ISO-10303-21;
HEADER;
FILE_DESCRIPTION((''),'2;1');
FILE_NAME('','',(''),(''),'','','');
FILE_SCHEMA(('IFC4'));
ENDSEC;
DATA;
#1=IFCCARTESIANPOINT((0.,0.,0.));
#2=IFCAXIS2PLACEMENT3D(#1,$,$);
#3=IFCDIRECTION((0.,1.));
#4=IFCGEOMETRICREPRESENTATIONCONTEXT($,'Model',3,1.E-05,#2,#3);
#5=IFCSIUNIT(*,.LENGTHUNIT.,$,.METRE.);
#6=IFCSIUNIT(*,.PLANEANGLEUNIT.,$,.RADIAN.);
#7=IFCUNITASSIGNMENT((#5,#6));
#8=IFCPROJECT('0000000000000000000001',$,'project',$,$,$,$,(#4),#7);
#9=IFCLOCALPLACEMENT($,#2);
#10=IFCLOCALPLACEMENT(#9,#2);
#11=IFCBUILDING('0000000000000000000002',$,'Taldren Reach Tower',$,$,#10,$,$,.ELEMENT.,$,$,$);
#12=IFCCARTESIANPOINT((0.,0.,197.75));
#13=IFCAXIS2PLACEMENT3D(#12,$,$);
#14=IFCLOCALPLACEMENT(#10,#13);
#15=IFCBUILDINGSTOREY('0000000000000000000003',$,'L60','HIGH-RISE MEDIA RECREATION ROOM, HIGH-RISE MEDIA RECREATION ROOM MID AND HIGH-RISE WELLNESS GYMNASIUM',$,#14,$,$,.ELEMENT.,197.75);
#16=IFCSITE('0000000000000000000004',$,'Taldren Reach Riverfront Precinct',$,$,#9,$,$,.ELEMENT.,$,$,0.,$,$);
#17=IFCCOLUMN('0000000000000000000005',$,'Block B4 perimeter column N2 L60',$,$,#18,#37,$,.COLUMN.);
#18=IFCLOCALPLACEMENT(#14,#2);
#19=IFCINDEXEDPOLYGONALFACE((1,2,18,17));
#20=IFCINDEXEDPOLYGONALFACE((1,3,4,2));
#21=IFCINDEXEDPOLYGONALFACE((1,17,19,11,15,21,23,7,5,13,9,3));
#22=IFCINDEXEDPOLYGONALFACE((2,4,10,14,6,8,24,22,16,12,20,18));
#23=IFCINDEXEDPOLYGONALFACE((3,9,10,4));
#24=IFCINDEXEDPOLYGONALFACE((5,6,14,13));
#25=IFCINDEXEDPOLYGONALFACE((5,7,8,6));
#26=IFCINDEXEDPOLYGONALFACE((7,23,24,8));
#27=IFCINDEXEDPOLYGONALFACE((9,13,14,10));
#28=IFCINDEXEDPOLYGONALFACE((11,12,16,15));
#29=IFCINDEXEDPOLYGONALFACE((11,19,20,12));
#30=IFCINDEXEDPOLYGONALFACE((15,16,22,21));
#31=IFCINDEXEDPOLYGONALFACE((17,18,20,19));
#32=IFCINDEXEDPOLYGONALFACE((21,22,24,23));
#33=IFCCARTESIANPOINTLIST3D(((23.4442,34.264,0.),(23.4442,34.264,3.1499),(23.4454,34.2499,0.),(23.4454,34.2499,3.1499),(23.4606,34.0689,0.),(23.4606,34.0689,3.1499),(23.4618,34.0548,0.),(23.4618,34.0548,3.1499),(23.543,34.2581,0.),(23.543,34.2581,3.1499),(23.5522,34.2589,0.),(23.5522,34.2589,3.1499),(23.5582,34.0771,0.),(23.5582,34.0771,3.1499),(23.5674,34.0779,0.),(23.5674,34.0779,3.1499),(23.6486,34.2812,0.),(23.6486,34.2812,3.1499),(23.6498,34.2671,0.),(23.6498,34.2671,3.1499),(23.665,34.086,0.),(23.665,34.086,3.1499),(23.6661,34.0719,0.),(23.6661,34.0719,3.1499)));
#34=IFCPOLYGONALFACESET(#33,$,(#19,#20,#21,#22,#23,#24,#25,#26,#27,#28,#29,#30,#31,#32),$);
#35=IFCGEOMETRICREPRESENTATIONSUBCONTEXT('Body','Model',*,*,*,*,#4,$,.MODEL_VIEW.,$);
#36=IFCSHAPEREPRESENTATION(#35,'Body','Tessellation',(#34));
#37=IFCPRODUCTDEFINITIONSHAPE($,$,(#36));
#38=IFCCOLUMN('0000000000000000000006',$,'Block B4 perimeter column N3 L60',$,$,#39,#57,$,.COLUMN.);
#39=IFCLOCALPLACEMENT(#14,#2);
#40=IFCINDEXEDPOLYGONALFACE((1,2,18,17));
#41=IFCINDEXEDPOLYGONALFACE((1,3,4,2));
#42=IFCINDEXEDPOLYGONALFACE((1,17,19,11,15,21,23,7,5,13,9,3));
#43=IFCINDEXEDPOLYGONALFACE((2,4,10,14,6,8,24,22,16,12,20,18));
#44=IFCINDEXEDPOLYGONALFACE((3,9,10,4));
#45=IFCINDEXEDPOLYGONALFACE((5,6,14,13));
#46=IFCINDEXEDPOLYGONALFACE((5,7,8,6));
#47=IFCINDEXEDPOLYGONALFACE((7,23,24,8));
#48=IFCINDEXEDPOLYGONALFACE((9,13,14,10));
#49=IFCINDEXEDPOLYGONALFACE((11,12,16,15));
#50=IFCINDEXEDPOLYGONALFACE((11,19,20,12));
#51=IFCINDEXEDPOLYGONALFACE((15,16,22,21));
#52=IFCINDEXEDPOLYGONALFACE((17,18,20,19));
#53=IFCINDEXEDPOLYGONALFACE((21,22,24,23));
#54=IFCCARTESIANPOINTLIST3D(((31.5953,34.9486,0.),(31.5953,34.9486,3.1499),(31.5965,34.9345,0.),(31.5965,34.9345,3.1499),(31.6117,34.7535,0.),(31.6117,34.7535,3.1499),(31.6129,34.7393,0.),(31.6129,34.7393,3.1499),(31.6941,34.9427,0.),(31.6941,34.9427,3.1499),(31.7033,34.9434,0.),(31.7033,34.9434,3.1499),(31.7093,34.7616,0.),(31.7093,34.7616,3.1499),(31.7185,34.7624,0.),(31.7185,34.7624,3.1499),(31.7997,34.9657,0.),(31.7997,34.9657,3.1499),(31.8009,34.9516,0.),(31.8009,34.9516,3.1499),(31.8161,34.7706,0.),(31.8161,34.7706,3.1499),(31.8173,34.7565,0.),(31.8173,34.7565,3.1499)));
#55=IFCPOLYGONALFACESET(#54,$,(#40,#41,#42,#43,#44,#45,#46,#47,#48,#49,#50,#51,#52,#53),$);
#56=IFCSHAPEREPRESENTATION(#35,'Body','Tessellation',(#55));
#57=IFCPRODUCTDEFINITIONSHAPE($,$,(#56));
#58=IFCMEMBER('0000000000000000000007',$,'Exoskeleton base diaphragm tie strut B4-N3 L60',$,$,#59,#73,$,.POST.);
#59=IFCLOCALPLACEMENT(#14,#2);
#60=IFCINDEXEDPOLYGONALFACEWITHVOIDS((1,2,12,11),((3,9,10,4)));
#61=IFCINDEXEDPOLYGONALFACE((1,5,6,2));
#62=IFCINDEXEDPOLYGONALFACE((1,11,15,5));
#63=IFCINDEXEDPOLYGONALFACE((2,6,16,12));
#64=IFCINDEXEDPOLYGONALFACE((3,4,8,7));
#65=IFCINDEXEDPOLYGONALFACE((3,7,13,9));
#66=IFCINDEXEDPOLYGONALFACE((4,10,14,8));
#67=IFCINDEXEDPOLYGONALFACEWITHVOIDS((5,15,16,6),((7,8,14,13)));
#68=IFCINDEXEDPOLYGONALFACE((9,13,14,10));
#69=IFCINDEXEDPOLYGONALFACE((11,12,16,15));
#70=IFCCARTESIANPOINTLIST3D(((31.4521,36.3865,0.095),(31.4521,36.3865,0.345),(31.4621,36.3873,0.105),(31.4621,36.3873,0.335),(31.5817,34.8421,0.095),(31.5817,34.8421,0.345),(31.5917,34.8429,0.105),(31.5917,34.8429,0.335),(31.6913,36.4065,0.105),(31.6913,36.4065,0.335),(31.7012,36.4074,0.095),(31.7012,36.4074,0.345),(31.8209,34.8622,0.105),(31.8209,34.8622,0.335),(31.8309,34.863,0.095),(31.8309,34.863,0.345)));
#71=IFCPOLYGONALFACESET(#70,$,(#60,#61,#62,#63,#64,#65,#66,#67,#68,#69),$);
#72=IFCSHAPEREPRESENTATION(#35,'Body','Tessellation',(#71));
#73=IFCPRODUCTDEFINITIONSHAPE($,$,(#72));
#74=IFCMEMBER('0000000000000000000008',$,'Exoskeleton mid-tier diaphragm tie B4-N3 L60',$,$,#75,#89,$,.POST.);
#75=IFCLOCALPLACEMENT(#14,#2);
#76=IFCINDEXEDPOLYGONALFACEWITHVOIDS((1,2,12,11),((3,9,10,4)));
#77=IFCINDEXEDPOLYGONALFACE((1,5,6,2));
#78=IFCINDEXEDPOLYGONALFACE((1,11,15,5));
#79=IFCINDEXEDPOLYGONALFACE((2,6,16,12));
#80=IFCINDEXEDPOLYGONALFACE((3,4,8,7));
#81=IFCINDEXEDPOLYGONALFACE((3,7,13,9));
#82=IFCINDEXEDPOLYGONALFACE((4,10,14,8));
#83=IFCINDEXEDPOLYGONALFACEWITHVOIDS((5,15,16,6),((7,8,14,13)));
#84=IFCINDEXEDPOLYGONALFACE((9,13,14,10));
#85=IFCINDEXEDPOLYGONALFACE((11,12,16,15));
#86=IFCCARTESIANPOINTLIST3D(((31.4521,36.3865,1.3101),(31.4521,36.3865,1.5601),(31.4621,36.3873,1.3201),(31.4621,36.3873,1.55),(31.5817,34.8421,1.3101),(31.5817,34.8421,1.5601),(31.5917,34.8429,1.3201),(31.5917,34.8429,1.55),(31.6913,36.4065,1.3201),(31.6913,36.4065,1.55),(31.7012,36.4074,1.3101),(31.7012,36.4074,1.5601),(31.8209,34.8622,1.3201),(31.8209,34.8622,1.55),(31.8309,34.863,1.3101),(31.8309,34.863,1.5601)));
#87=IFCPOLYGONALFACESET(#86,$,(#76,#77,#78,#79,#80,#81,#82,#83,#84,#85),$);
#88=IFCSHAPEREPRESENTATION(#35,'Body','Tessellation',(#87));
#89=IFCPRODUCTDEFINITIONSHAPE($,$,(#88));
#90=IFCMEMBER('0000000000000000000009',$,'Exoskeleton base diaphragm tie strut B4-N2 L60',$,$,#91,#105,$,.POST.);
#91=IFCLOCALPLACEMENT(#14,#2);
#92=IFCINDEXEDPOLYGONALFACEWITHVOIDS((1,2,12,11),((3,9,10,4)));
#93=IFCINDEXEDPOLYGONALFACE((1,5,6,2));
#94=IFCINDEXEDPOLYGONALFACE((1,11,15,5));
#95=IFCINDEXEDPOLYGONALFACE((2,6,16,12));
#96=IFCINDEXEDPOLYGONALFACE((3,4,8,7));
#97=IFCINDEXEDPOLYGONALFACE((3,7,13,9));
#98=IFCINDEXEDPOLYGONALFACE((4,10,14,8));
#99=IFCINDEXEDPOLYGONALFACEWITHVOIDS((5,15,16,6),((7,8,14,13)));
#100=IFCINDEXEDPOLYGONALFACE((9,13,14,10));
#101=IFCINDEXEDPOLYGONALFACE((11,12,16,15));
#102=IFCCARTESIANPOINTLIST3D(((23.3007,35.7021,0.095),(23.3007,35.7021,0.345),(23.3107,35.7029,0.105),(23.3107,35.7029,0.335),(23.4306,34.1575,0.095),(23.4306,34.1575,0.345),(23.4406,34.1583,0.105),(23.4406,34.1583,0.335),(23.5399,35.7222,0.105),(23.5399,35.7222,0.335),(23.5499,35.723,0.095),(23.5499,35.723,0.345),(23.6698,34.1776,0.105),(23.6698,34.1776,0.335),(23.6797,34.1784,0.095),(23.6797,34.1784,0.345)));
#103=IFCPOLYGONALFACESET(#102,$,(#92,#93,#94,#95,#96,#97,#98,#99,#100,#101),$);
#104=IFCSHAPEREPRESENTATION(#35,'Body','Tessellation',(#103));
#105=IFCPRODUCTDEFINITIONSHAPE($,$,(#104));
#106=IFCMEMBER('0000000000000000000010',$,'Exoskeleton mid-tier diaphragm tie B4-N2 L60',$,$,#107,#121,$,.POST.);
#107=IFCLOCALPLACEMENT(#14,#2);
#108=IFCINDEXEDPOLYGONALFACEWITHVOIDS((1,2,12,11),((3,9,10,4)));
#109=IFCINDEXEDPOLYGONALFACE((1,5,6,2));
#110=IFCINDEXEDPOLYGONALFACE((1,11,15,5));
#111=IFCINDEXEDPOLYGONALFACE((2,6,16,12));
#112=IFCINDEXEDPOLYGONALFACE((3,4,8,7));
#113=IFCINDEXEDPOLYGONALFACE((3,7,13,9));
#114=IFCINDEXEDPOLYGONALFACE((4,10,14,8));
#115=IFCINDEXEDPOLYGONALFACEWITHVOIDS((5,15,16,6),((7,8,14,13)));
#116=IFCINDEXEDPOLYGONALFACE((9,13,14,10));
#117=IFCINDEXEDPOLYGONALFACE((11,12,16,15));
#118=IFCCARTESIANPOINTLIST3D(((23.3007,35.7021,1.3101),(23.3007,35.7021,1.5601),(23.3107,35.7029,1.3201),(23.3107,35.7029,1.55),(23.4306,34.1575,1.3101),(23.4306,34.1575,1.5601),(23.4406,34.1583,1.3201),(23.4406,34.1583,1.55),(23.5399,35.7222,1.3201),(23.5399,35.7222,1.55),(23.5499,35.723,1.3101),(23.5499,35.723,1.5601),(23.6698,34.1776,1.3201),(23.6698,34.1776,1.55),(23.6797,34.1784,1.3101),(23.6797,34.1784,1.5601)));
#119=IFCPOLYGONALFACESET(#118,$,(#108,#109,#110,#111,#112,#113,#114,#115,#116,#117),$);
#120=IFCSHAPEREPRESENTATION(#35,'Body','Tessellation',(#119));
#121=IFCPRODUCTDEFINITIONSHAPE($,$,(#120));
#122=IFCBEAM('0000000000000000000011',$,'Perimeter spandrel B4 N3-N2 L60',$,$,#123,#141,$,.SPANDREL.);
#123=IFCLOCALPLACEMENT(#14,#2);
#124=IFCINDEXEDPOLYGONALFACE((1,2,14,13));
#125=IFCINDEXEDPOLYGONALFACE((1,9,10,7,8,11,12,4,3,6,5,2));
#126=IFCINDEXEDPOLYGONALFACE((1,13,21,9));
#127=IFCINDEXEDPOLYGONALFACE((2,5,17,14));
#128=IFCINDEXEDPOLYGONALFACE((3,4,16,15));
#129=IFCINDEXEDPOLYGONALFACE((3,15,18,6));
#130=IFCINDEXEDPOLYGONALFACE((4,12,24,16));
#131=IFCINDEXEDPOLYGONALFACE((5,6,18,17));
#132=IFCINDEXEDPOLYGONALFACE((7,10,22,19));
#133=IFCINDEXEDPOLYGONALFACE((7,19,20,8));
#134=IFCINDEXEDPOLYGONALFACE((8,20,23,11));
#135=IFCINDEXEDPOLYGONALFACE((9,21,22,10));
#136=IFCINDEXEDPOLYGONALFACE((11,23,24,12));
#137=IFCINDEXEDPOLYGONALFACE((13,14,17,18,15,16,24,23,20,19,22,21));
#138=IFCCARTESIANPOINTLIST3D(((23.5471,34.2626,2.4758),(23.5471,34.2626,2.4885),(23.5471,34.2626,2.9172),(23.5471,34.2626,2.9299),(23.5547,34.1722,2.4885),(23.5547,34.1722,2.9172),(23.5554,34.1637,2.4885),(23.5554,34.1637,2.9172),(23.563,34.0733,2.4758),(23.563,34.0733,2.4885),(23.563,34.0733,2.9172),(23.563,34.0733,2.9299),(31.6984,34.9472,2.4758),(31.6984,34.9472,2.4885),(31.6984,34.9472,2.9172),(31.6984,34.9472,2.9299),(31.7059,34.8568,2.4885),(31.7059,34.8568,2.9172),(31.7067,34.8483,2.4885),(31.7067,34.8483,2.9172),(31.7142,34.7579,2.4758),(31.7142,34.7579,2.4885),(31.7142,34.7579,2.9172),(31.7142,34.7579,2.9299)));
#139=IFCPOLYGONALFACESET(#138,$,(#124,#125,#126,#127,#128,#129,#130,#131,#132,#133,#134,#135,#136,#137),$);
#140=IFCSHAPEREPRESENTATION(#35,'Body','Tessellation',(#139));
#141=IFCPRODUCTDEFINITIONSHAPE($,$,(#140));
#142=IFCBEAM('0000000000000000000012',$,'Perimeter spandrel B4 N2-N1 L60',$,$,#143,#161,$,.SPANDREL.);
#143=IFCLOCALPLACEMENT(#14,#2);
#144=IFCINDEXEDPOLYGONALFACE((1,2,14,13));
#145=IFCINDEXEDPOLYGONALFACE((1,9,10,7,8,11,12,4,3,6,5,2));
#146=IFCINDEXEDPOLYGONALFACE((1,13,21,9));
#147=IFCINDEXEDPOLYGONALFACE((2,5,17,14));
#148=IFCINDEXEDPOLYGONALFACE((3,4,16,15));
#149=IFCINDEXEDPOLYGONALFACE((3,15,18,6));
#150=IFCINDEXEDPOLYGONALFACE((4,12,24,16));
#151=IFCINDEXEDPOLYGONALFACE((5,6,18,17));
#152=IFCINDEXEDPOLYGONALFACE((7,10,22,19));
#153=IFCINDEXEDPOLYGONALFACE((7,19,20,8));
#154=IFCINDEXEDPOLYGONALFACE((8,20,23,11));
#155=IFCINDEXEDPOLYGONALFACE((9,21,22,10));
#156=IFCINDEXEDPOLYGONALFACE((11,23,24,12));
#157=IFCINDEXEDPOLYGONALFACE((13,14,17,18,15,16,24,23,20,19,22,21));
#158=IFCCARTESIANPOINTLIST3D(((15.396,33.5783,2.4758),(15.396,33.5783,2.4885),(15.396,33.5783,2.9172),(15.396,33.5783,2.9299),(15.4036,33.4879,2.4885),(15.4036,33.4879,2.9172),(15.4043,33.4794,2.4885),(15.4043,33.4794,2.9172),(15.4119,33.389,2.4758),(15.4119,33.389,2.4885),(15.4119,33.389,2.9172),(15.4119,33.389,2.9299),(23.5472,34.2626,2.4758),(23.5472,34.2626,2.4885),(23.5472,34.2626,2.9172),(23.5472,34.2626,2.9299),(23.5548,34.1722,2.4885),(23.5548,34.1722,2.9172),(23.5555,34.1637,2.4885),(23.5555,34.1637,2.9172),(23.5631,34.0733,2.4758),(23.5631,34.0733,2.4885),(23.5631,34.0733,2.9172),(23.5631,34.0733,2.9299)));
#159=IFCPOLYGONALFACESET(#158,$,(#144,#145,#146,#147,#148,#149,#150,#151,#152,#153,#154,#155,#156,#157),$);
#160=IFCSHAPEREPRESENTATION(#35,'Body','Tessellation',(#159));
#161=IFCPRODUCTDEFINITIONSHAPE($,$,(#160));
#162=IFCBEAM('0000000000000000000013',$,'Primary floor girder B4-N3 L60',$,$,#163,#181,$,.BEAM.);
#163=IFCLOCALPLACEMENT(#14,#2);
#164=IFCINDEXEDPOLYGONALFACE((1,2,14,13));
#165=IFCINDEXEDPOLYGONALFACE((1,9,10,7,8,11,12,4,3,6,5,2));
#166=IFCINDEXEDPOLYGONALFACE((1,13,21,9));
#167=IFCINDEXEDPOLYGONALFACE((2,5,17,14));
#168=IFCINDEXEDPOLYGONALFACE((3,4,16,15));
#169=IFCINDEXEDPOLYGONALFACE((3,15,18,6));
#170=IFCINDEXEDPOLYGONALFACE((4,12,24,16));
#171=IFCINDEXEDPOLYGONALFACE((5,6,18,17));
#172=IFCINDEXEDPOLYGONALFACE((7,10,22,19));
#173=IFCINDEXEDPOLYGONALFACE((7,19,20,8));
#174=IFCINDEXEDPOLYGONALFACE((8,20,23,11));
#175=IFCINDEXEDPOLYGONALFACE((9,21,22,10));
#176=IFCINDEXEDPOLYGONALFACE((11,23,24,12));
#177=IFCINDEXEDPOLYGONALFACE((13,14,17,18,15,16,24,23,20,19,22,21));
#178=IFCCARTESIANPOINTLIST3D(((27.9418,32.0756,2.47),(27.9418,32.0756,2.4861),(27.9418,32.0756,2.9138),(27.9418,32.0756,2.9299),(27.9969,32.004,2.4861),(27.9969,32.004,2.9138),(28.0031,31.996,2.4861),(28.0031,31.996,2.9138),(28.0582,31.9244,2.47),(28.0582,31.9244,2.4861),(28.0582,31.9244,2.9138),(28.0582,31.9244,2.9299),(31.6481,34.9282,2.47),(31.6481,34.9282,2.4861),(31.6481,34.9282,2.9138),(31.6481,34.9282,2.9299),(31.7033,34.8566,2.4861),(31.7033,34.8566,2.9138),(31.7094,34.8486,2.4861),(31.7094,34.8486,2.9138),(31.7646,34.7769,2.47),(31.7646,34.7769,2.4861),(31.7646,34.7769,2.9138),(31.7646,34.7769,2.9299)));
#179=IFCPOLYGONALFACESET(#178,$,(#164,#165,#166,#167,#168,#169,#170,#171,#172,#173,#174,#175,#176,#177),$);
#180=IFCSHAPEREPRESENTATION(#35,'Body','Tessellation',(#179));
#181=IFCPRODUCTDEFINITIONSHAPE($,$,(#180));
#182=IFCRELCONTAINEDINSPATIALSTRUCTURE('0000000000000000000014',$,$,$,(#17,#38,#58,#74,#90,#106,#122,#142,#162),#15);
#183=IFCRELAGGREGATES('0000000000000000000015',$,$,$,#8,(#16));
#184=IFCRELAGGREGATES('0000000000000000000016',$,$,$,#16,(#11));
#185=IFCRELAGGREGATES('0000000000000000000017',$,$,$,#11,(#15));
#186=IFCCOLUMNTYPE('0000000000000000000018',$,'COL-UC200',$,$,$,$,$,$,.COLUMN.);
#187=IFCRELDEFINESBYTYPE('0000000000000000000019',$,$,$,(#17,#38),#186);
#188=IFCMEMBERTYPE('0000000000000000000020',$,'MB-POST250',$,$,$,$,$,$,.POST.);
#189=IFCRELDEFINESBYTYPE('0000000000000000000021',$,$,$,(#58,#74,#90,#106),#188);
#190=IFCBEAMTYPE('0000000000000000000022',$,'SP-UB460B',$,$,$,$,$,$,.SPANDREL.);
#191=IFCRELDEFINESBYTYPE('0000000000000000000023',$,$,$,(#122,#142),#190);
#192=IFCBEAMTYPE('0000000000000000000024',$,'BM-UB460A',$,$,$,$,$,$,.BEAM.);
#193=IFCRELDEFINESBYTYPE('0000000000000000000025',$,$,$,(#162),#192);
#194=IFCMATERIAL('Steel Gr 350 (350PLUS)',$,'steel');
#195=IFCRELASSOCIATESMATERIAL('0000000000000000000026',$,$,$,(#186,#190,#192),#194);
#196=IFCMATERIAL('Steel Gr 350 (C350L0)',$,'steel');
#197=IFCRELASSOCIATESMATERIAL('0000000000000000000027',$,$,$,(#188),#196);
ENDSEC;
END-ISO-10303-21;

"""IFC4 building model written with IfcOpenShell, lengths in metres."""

from ifc_helpers import new_model, si_unit, direction, frame, origin, origin_2d, place, context, subcontext, project, spatial, hollow_rectangle, i_section, extrude, source, transform, mapped, material, material_profile, profile_set, type_object, element, save


model = new_model("IFC4")

# Units and contexts
model_context = context("Model", 3, precision=1e-05, world=origin(), true_north=direction((0.0, 1.0)))
body_context = subcontext(model_context, "Body", "Model", "MODEL_VIEW")
ifc_project = project(units=[si_unit("LENGTHUNIT", "METRE"), si_unit("PLANEANGLEUNIT", "RADIAN")], contexts=[model_context])

# Site, building, storey
site_placement = place(None, origin())
site = spatial("IfcSite", under=ifc_project, at=site_placement, Name="Taldren Reach Riverfront Precinct", CompositionType="ELEMENT", RefElevation=0.0)
building_placement = place(site_placement, origin())
building = spatial("IfcBuilding", under=site, at=building_placement, Name="Taldren Reach Tower", CompositionType="ELEMENT")
storey_placement = place(building_placement, frame((0.0, 0.0, 197.75)))
storey = spatial("IfcBuildingStorey", under=building, at=storey_placement, Name="L60", Description="HIGH-RISE MEDIA RECREATION ROOM, HIGH-RISE MEDIA RECREATION ROOM MID AND HIGH-RISE WELLNESS GYMNASIUM", CompositionType="ELEMENT", Elevation=197.75)

# Columns
ifc_material_1 = material(Name="Steel Gr 350 (350PLUS)", Category="steel")
ifc_material_profile_1 = material_profile(ifc_material_1, i_section(OverallWidth=0.2051, OverallDepth=0.21, WebThickness=0.0093, FlangeThickness=0.0142, at=origin_2d()), Name="200UC59.5")
ifc_profile_set_1 = profile_set([ifc_material_profile_1], Name="Steel Gr 350 (350PLUS)")
column_type = type_object("IfcColumnType", Name="COL-UC200", PredefinedType="COLUMN", material=ifc_profile_set_1)
shared_shape_1 = source(origin(), body_context, "Body", "SweptSolid", [
    extrude(i_section(OverallWidth=0.2051, OverallDepth=0.21, WebThickness=0.0093, FlangeThickness=0.0142, at=origin_2d()), origin(), (0.0, 0.0, 1.0), 3.1499),
])
for number, where, z_axis, x_axis, name in (
    (1, (23.5552, 34.168, 0.0), (0.0, 0.0, 1.0), (0.996493, 0.083678, 0.0), "Block B4 perimeter column N2 L60"),
    (2, (31.7063, 34.8525, 0.0), (0.0, 0.0, 1.0), (0.996493, 0.083678, 0.0), "Block B4 perimeter column N3 L60"),
):
    element("IfcColumn", number, at=place(storey_placement, frame(where, z_axis=z_axis, x_axis=x_axis)), inside=storey, type_object=column_type, Name=name, PredefinedType="COLUMN", context=body_context, shape_type="MappedRepresentation", body=[
        mapped(shared_shape_1, transform((0.0, 0.0, 0.0), scale=1.0)),
    ])

# Members
ifc_material_2 = material(Name="Steel Gr 350 (C350L0)", Category="steel")
ifc_material_profile_2 = material_profile(ifc_material_2, hollow_rectangle(XDim=0.25, YDim=0.25, WallThickness=0.01, at=origin_2d()), Name="250x250x10.0SHS")
ifc_profile_set_2 = profile_set([ifc_material_profile_2], Name="Steel Gr 350 (C350L0)")
member_type_1 = type_object("IfcMemberType", Name="MB-POST250", PredefinedType="POST", material=ifc_profile_set_2)
shared_shape_2 = source(origin(), body_context, "Body", "SweptSolid", [
    extrude(hollow_rectangle(XDim=0.25, YDim=0.25, WallThickness=0.01, at=origin_2d()), origin(), (0.0, 0.0, 1.0), 1.5498),
])
for number, where, z_axis, x_axis, name in (
    (3, (31.7063, 34.8525, 0.22), (-0.083645, 0.996496, 0.0), (-0.996496, -0.083645, 0.0), "Exoskeleton base diaphragm tie strut B4-N3 L60"),
    (4, (31.7063, 34.8525, 1.4351), (-0.083645, 0.996496, 0.0), (-0.996496, -0.083645, 0.0), "Exoskeleton mid-tier diaphragm tie B4-N3 L60"),
):
    element("IfcMember", number, at=place(storey_placement, frame(where, z_axis=z_axis, x_axis=x_axis)), inside=storey, type_object=member_type_1, Name=name, PredefinedType="POST", context=body_context, shape_type="MappedRepresentation", body=[
        mapped(shared_shape_2, transform((0.0, 0.0, 0.0), scale=1.0)),
    ])
shared_shape_3 = source(origin(), body_context, "Body", "SweptSolid", [
    extrude(hollow_rectangle(XDim=0.25, YDim=0.25, WallThickness=0.01, at=origin_2d()), origin(), (0.0, 0.0, 1.0), 1.55),
])
for number, where, z_axis, x_axis, name in (
    (5, (23.5552, 34.168, 0.22), (-0.083788, 0.996484, 0.0), (-0.996484, -0.083788, 0.0), "Exoskeleton base diaphragm tie strut B4-N2 L60"),
    (6, (23.5552, 34.168, 1.4351), (-0.083788, 0.996484, 0.0), (-0.996484, -0.083788, 0.0), "Exoskeleton mid-tier diaphragm tie B4-N2 L60"),
):
    element("IfcMember", number, at=place(storey_placement, frame(where, z_axis=z_axis, x_axis=x_axis)), inside=storey, type_object=member_type_1, Name=name, PredefinedType="POST", context=body_context, shape_type="MappedRepresentation", body=[
        mapped(shared_shape_3, transform((0.0, 0.0, 0.0), scale=1.0)),
    ])

# Beams
ifc_material_profile_3 = material_profile(ifc_material_1, i_section(OverallWidth=0.1899, OverallDepth=0.4541, WebThickness=0.0085, FlangeThickness=0.0127, at=origin_2d()), Name="460UB67.1")
ifc_profile_set_3 = profile_set([ifc_material_profile_3], Name="Steel Gr 350 (350PLUS)")
beam_type_1 = type_object("IfcBeamType", Name="SP-UB460B", PredefinedType="SPANDREL", material=ifc_profile_set_3)
shared_shape_4 = source(origin(), body_context, "Body", "SweptSolid", [
    extrude(i_section(OverallWidth=0.1899, OverallDepth=0.4541, WebThickness=0.0085, FlangeThickness=0.0127, at=origin_2d()), origin(), (0.0, 0.0, 1.0), 8.1799),
])
for number, where, z_axis, x_axis, name in (
    (7, (31.7063, 34.8525, 2.7029), (-0.996492, -0.08369, 0.0), (0.08369, -0.996492, 0.0), "Perimeter spandrel B4 N3-N2 L60"),
    (8, (23.5552, 34.168, 2.7029), (-0.996495, -0.083658, 0.0), (0.083658, -0.996495, 0.0), "Perimeter spandrel B4 N2-N1 L60"),
):
    element("IfcBeam", number, at=place(storey_placement, frame(where, z_axis=z_axis, x_axis=x_axis)), inside=storey, type_object=beam_type_1, Name=name, PredefinedType="SPANDREL", context=body_context, shape_type="MappedRepresentation", body=[
        mapped(shared_shape_4, transform((0.0, 0.0, 0.0), scale=1.0)),
    ])
ifc_material_profile_4 = material_profile(ifc_material_1, i_section(OverallWidth=0.1909, OverallDepth=0.46, WebThickness=0.01, FlangeThickness=0.0161, at=origin_2d()), Name="460UB82.1")
ifc_profile_set_4 = profile_set([ifc_material_profile_4], Name="Steel Gr 350 (350PLUS)")
beam_type_2 = type_object("IfcBeamType", Name="BM-UB460A", PredefinedType="BEAM", material=ifc_profile_set_4)
shared_shape_5 = source(origin(), body_context, "Body", "SweptSolid", [
    extrude(i_section(OverallWidth=0.1909, OverallDepth=0.46, WebThickness=0.01, FlangeThickness=0.0161, at=origin_2d()), origin(), (0.0, 0.0, 1.0), 4.677),
])
beam_1_placement = place(storey_placement, frame((28.0, 32.0, 2.7), z_axis=(0.792465, 0.609918, 0.0), x_axis=(-0.609918, 0.792465, 0.0)))
element("IfcBeam", 9, at=beam_1_placement, inside=storey, type_object=beam_type_2, Name="Primary floor girder B4-N3 L60", PredefinedType="BEAM", context=body_context, shape_type="MappedRepresentation", body=[
    mapped(shared_shape_5, transform((0.0, 0.0, 0.0), scale=1.0)),
])

save(model, "model.ifc")
